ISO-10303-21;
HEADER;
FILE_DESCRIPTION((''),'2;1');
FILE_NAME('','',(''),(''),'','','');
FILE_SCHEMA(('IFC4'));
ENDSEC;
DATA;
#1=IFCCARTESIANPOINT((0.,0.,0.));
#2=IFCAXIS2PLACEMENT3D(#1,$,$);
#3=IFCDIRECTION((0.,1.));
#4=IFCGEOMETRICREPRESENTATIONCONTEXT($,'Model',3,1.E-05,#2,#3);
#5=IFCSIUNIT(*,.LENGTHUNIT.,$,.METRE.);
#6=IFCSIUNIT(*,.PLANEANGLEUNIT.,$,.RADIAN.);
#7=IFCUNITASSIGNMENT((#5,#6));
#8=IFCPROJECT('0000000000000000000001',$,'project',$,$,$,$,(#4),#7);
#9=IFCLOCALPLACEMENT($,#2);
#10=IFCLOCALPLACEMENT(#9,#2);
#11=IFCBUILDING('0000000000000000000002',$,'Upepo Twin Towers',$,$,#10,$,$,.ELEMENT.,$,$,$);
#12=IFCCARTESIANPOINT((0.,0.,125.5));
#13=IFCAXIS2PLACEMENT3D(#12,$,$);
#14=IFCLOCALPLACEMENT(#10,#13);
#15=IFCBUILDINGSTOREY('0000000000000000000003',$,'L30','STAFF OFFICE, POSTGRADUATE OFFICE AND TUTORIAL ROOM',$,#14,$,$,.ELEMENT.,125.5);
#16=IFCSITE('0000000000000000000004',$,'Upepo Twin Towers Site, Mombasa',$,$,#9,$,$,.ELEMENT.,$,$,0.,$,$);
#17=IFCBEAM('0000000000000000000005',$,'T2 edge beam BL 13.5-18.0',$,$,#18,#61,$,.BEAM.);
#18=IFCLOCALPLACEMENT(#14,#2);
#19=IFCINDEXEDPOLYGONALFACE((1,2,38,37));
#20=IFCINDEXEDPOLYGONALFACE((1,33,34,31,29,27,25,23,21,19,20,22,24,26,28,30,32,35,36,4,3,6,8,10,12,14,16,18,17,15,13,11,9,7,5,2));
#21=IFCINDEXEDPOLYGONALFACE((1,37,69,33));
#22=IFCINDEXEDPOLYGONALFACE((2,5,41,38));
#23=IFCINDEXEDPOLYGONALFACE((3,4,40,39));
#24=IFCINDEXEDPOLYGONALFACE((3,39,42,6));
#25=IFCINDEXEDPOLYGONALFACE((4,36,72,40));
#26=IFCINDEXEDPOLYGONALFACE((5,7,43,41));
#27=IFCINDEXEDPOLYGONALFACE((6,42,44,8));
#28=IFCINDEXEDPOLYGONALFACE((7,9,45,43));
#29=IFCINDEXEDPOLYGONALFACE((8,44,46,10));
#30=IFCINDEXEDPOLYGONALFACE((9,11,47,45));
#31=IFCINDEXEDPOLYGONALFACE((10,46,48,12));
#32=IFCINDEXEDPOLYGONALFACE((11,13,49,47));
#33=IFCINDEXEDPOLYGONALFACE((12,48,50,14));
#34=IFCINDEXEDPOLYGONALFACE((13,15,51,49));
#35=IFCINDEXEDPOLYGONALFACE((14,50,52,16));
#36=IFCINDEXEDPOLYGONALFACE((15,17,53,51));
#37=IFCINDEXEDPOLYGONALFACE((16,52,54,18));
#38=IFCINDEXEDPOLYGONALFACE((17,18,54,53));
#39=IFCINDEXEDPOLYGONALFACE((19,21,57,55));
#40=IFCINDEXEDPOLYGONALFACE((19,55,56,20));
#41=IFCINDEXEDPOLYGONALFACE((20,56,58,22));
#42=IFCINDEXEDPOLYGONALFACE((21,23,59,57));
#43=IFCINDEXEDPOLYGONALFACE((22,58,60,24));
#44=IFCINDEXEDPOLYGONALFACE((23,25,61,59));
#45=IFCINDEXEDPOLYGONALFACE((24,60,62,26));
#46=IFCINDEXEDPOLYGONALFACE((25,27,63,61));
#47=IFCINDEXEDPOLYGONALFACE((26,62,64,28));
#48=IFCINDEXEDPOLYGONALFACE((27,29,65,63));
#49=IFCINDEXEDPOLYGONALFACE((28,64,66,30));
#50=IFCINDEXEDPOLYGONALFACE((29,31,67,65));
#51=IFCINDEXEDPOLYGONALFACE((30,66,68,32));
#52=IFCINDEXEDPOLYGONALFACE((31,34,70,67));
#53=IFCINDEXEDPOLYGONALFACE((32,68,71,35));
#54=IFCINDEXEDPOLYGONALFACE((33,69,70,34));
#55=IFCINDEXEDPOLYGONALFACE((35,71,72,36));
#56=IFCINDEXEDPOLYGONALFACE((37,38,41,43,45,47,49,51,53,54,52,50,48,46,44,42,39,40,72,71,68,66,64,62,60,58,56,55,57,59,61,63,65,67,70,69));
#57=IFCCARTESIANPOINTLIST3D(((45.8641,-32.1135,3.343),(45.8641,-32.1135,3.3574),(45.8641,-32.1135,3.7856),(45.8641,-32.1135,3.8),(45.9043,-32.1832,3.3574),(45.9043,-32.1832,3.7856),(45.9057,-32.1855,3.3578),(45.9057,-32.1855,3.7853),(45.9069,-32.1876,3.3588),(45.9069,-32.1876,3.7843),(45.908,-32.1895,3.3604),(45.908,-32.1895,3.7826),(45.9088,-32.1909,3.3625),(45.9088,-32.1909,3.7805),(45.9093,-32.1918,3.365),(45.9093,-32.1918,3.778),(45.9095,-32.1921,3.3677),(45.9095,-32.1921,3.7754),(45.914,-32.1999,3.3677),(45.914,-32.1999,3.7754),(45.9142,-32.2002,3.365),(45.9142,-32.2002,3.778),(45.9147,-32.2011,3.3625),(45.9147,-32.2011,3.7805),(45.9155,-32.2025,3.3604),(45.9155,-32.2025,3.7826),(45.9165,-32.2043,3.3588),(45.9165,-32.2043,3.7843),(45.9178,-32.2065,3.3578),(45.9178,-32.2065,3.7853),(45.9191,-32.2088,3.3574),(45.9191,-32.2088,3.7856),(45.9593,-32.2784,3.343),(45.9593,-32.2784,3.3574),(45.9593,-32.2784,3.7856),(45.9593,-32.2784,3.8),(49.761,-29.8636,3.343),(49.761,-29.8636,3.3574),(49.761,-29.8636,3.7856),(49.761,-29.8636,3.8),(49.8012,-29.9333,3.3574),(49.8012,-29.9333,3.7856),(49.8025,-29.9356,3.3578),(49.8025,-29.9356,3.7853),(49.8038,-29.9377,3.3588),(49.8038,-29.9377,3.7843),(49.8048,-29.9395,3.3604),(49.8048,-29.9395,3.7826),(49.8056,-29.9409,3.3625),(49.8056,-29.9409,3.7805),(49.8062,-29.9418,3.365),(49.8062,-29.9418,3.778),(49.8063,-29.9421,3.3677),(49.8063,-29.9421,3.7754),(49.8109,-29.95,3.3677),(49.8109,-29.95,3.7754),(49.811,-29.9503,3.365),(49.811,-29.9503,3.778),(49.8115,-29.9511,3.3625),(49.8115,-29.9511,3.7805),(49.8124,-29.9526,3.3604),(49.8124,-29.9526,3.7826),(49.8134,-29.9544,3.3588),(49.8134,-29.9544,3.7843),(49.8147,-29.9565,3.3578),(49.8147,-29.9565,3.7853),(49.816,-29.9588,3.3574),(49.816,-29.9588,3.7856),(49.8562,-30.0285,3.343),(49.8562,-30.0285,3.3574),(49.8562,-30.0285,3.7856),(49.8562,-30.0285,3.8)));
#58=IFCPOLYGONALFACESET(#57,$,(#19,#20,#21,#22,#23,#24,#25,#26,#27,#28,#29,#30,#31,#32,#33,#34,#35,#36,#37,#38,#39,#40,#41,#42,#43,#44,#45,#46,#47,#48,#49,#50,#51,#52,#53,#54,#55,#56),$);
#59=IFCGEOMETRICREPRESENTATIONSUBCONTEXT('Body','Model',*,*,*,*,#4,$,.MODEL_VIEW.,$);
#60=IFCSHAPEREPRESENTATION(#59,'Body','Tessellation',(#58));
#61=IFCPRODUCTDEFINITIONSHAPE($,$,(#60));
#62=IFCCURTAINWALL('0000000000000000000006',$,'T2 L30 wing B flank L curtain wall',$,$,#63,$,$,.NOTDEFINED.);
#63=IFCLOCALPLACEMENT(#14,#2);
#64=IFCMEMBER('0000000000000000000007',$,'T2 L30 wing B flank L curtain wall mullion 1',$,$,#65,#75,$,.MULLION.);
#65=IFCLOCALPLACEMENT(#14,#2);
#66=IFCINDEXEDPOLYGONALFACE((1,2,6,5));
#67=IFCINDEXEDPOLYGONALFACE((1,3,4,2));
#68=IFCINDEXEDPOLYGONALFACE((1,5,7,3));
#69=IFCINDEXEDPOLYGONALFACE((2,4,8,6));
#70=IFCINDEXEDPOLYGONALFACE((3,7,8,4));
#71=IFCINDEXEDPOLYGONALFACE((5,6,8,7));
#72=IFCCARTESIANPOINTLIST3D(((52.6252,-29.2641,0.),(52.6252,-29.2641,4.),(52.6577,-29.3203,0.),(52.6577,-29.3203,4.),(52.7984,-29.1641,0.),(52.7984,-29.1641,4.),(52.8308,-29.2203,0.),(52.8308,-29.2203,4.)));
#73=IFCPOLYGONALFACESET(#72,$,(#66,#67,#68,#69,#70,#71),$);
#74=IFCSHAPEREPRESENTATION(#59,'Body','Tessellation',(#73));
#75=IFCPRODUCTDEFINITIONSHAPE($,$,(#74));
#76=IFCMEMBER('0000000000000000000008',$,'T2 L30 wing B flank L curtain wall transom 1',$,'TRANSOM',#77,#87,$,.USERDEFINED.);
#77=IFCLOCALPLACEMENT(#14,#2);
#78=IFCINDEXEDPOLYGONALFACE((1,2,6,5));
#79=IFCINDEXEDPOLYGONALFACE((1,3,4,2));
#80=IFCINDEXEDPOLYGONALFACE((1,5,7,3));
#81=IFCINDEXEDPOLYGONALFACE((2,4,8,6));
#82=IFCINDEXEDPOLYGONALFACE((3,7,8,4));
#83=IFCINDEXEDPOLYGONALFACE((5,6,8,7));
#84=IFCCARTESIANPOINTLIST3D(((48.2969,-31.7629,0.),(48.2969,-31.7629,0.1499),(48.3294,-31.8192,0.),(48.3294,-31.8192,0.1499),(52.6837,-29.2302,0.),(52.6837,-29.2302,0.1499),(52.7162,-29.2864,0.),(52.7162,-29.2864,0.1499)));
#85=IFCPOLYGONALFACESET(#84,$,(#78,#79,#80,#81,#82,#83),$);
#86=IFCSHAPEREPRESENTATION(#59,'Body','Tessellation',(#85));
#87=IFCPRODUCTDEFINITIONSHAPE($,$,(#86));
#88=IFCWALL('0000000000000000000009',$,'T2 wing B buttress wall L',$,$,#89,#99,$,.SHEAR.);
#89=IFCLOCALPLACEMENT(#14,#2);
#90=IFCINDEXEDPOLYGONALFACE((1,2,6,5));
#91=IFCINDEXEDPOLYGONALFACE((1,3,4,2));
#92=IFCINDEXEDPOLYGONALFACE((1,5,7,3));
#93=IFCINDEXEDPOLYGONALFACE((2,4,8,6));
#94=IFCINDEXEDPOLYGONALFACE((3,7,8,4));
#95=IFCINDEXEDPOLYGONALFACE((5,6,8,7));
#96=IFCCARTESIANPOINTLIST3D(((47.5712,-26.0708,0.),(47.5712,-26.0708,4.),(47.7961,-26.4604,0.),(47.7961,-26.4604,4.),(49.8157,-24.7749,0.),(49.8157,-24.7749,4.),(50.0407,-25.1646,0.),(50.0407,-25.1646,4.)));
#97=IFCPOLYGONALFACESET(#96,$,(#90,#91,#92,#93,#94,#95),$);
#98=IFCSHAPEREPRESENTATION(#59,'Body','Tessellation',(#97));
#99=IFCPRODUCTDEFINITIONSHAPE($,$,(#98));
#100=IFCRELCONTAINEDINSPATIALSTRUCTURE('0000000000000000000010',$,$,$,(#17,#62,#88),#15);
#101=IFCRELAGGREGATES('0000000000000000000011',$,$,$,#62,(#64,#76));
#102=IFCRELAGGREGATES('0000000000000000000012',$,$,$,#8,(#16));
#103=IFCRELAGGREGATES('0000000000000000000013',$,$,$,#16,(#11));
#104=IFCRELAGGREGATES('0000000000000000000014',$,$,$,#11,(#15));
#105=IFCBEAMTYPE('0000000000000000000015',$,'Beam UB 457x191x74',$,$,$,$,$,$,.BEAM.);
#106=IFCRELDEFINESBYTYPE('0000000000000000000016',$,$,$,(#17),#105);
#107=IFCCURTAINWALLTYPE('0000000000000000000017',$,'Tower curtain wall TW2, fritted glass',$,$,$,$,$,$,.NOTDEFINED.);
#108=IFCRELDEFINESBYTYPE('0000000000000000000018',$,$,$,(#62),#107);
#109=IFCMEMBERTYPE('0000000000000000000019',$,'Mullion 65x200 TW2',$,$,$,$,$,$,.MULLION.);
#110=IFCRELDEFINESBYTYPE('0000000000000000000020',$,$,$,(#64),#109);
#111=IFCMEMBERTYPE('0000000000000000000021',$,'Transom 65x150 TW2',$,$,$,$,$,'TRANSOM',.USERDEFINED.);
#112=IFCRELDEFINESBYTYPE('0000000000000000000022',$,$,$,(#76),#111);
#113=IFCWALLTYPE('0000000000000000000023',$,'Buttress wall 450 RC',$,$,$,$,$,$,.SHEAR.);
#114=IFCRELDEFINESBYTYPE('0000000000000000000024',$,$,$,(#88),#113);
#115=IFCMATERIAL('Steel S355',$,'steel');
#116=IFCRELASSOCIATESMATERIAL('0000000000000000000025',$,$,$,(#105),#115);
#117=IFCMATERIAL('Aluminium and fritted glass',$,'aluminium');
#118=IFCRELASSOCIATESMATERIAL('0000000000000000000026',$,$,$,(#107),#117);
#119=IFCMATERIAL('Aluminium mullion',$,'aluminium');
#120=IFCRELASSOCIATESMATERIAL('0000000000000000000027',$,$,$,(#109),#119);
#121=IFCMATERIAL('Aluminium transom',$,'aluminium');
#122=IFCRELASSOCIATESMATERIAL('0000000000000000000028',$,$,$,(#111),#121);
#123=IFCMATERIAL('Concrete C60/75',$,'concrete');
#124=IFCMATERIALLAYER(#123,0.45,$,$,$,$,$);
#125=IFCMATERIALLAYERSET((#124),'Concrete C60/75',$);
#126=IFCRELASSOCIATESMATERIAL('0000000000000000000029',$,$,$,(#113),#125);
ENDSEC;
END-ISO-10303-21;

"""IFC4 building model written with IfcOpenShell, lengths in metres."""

from ifc_helpers import new_model, si_unit, direction, frame, frame_2d, origin, origin_2d, place, context, subcontext, project, spatial, rectangle, i_section, extrude, material, layer, layer_set, material_profile, profile_set, type_object, element, aggregate, save


model = new_model("IFC4")

# Units and contexts
model_context = context("Model", 3, precision=1e-05, world=origin(), true_north=direction((0.0, 1.0)))
body_context = subcontext(model_context, "Body", "Model", "MODEL_VIEW")
ifc_project = project(units=[si_unit("LENGTHUNIT", "METRE"), si_unit("PLANEANGLEUNIT", "RADIAN")], contexts=[model_context])

# Site, building, storey
site_placement = place(None, origin())
site = spatial("IfcSite", under=ifc_project, at=site_placement, Name="Upepo Twin Towers Site, Mombasa", CompositionType="ELEMENT", RefElevation=0.0)
building_placement = place(site_placement, origin())
building = spatial("IfcBuilding", under=site, at=building_placement, Name="Upepo Twin Towers", CompositionType="ELEMENT")
storey_placement = place(building_placement, frame((0.0, 0.0, 125.5)))
storey = spatial("IfcBuildingStorey", under=building, at=storey_placement, Name="L30", Description="STAFF OFFICE, POSTGRADUATE OFFICE AND TUTORIAL ROOM", CompositionType="ELEMENT", Elevation=125.5)

# Beam
ifc_material_1 = material(Name="Steel S355", Category="steel")
ifc_material_profile_1 = material_profile(ifc_material_1, i_section(OverallWidth=0.1904, OverallDepth=0.457, WebThickness=0.009, FlangeThickness=0.0144, FilletRadius=0.0103, at=origin_2d()), Name="UB 457x191x74")
ifc_profile_set_1 = profile_set([ifc_material_profile_1], Name="Steel S355")
beam_type = type_object("IfcBeamType", Name="Beam UB 457x191x74", PredefinedType="BEAM", material=ifc_profile_set_1)
beam_placement = place(storey_placement, frame((49.8086, -29.946, 3.5715), z_axis=(-0.866018, -0.500014, 0.0), x_axis=(0.500014, -0.866018, 0.0)))
element("IfcBeam", 1, at=beam_placement, inside=storey, type_object=beam_type, Name="T2 edge beam BL 13.5-18.0", PredefinedType="BEAM", context=body_context, shape_type="SweptSolid", body=[
    extrude(i_section(OverallWidth=0.1904, OverallDepth=0.457, WebThickness=0.009, FlangeThickness=0.0144, FilletRadius=0.0103, at=origin_2d()), origin(), (0.0, 0.0, 1.0), 4.4998),
])

# Curtain wall, members
ifc_material_2 = material(Name="Aluminium and fritted glass", Category="aluminium")
curtain_wall_type = type_object("IfcCurtainWallType", Name="Tower curtain wall TW2, fritted glass", PredefinedType="NOTDEFINED", material=ifc_material_2)
curtain_wall_placement = place(storey_placement, origin())
curtain_wall = element("IfcCurtainWall", 2, at=curtain_wall_placement, inside=storey, type_object=curtain_wall_type, Name="T2 L30 wing B flank L curtain wall", PredefinedType="NOTDEFINED")
ifc_material_3 = material(Name="Aluminium mullion", Category="aluminium")
ifc_material_profile_2 = material_profile(ifc_material_3, rectangle(XDim=0.0649, YDim=0.2, at=origin_2d()), Name="MULLION 65x200")
ifc_profile_set_2 = profile_set([ifc_material_profile_2], Name="Aluminium mullion")
member_type_1 = type_object("IfcMemberType", Name="Mullion 65x200 TW2", PredefinedType="MULLION", material=ifc_profile_set_2)
member_1_placement = place(storey_placement, frame((52.728, -29.2422, 0.0), z_axis=(0.0, 0.0, 1.0), x_axis=(0.5, -0.866025, 0.0)))
member_1 = element("IfcMember", 3, at=member_1_placement, type_object=member_type_1, Name="T2 L30 wing B flank L curtain wall mullion 1", PredefinedType="MULLION", context=body_context, shape_type="SweptSolid", body=[
    extrude(rectangle(XDim=0.0649, YDim=0.2, at=origin_2d()), origin(), (0.0, 0.0, 1.0), 4.0),
])
ifc_material_4 = material(Name="Aluminium transom", Category="aluminium")
ifc_material_profile_3 = material_profile(ifc_material_4, rectangle(XDim=0.0649, YDim=0.1499, at=origin_2d()), Name="TRANSOM 65x150")
ifc_profile_set_3 = profile_set([ifc_material_profile_3], Name="Aluminium transom")
member_type_2 = type_object("IfcMemberType", Name="Transom 65x150 TW2", ElementType="TRANSOM", PredefinedType="USERDEFINED", material=ifc_profile_set_3)
member_2_placement = place(storey_placement, frame((52.7, -29.2583, 0.075), z_axis=(-0.866022, -0.500006, 0.0), x_axis=(0.500006, -0.866022, 0.0)))
member_2 = element("IfcMember", 4, at=member_2_placement, type_object=member_type_2, Name="T2 L30 wing B flank L curtain wall transom 1", ObjectType="TRANSOM", PredefinedType="USERDEFINED", context=body_context, shape_type="SweptSolid", body=[
    extrude(rectangle(XDim=0.0649, YDim=0.1499, at=origin_2d()), origin(), (0.0, 0.0, 1.0), 5.0654),
])
aggregate(curtain_wall, [member_1, member_2])

# Wall
ifc_material_5 = material(Name="Concrete C60/75", Category="concrete")
ifc_layer_1 = layer(ifc_material_5, 0.45)
ifc_layer_set_1 = layer_set([ifc_layer_1], Name="Concrete C60/75")
wall_type_1 = type_object("IfcWallType", Name="Buttress wall 450 RC", PredefinedType="SHEAR", material=ifc_layer_set_1)
wall_1_placement = place(storey_placement, frame((49.9282, -24.9697, 0.0), z_axis=(0.0, 0.0, 1.0), x_axis=(-0.866032, -0.499989, 0.0)))
element("IfcWall", 5, at=wall_1_placement, inside=storey, type_object=wall_type_1, Name="T2 wing B buttress wall L", PredefinedType="SHEAR", context=body_context, shape_type="SweptSolid", body=[
    extrude(rectangle(XDim=2.5918, YDim=0.45, at=frame_2d((1.2959, 0.0))), origin(), (0.0, 0.0, 1.0), 4.0),
])

save(model, "model.ifc")
